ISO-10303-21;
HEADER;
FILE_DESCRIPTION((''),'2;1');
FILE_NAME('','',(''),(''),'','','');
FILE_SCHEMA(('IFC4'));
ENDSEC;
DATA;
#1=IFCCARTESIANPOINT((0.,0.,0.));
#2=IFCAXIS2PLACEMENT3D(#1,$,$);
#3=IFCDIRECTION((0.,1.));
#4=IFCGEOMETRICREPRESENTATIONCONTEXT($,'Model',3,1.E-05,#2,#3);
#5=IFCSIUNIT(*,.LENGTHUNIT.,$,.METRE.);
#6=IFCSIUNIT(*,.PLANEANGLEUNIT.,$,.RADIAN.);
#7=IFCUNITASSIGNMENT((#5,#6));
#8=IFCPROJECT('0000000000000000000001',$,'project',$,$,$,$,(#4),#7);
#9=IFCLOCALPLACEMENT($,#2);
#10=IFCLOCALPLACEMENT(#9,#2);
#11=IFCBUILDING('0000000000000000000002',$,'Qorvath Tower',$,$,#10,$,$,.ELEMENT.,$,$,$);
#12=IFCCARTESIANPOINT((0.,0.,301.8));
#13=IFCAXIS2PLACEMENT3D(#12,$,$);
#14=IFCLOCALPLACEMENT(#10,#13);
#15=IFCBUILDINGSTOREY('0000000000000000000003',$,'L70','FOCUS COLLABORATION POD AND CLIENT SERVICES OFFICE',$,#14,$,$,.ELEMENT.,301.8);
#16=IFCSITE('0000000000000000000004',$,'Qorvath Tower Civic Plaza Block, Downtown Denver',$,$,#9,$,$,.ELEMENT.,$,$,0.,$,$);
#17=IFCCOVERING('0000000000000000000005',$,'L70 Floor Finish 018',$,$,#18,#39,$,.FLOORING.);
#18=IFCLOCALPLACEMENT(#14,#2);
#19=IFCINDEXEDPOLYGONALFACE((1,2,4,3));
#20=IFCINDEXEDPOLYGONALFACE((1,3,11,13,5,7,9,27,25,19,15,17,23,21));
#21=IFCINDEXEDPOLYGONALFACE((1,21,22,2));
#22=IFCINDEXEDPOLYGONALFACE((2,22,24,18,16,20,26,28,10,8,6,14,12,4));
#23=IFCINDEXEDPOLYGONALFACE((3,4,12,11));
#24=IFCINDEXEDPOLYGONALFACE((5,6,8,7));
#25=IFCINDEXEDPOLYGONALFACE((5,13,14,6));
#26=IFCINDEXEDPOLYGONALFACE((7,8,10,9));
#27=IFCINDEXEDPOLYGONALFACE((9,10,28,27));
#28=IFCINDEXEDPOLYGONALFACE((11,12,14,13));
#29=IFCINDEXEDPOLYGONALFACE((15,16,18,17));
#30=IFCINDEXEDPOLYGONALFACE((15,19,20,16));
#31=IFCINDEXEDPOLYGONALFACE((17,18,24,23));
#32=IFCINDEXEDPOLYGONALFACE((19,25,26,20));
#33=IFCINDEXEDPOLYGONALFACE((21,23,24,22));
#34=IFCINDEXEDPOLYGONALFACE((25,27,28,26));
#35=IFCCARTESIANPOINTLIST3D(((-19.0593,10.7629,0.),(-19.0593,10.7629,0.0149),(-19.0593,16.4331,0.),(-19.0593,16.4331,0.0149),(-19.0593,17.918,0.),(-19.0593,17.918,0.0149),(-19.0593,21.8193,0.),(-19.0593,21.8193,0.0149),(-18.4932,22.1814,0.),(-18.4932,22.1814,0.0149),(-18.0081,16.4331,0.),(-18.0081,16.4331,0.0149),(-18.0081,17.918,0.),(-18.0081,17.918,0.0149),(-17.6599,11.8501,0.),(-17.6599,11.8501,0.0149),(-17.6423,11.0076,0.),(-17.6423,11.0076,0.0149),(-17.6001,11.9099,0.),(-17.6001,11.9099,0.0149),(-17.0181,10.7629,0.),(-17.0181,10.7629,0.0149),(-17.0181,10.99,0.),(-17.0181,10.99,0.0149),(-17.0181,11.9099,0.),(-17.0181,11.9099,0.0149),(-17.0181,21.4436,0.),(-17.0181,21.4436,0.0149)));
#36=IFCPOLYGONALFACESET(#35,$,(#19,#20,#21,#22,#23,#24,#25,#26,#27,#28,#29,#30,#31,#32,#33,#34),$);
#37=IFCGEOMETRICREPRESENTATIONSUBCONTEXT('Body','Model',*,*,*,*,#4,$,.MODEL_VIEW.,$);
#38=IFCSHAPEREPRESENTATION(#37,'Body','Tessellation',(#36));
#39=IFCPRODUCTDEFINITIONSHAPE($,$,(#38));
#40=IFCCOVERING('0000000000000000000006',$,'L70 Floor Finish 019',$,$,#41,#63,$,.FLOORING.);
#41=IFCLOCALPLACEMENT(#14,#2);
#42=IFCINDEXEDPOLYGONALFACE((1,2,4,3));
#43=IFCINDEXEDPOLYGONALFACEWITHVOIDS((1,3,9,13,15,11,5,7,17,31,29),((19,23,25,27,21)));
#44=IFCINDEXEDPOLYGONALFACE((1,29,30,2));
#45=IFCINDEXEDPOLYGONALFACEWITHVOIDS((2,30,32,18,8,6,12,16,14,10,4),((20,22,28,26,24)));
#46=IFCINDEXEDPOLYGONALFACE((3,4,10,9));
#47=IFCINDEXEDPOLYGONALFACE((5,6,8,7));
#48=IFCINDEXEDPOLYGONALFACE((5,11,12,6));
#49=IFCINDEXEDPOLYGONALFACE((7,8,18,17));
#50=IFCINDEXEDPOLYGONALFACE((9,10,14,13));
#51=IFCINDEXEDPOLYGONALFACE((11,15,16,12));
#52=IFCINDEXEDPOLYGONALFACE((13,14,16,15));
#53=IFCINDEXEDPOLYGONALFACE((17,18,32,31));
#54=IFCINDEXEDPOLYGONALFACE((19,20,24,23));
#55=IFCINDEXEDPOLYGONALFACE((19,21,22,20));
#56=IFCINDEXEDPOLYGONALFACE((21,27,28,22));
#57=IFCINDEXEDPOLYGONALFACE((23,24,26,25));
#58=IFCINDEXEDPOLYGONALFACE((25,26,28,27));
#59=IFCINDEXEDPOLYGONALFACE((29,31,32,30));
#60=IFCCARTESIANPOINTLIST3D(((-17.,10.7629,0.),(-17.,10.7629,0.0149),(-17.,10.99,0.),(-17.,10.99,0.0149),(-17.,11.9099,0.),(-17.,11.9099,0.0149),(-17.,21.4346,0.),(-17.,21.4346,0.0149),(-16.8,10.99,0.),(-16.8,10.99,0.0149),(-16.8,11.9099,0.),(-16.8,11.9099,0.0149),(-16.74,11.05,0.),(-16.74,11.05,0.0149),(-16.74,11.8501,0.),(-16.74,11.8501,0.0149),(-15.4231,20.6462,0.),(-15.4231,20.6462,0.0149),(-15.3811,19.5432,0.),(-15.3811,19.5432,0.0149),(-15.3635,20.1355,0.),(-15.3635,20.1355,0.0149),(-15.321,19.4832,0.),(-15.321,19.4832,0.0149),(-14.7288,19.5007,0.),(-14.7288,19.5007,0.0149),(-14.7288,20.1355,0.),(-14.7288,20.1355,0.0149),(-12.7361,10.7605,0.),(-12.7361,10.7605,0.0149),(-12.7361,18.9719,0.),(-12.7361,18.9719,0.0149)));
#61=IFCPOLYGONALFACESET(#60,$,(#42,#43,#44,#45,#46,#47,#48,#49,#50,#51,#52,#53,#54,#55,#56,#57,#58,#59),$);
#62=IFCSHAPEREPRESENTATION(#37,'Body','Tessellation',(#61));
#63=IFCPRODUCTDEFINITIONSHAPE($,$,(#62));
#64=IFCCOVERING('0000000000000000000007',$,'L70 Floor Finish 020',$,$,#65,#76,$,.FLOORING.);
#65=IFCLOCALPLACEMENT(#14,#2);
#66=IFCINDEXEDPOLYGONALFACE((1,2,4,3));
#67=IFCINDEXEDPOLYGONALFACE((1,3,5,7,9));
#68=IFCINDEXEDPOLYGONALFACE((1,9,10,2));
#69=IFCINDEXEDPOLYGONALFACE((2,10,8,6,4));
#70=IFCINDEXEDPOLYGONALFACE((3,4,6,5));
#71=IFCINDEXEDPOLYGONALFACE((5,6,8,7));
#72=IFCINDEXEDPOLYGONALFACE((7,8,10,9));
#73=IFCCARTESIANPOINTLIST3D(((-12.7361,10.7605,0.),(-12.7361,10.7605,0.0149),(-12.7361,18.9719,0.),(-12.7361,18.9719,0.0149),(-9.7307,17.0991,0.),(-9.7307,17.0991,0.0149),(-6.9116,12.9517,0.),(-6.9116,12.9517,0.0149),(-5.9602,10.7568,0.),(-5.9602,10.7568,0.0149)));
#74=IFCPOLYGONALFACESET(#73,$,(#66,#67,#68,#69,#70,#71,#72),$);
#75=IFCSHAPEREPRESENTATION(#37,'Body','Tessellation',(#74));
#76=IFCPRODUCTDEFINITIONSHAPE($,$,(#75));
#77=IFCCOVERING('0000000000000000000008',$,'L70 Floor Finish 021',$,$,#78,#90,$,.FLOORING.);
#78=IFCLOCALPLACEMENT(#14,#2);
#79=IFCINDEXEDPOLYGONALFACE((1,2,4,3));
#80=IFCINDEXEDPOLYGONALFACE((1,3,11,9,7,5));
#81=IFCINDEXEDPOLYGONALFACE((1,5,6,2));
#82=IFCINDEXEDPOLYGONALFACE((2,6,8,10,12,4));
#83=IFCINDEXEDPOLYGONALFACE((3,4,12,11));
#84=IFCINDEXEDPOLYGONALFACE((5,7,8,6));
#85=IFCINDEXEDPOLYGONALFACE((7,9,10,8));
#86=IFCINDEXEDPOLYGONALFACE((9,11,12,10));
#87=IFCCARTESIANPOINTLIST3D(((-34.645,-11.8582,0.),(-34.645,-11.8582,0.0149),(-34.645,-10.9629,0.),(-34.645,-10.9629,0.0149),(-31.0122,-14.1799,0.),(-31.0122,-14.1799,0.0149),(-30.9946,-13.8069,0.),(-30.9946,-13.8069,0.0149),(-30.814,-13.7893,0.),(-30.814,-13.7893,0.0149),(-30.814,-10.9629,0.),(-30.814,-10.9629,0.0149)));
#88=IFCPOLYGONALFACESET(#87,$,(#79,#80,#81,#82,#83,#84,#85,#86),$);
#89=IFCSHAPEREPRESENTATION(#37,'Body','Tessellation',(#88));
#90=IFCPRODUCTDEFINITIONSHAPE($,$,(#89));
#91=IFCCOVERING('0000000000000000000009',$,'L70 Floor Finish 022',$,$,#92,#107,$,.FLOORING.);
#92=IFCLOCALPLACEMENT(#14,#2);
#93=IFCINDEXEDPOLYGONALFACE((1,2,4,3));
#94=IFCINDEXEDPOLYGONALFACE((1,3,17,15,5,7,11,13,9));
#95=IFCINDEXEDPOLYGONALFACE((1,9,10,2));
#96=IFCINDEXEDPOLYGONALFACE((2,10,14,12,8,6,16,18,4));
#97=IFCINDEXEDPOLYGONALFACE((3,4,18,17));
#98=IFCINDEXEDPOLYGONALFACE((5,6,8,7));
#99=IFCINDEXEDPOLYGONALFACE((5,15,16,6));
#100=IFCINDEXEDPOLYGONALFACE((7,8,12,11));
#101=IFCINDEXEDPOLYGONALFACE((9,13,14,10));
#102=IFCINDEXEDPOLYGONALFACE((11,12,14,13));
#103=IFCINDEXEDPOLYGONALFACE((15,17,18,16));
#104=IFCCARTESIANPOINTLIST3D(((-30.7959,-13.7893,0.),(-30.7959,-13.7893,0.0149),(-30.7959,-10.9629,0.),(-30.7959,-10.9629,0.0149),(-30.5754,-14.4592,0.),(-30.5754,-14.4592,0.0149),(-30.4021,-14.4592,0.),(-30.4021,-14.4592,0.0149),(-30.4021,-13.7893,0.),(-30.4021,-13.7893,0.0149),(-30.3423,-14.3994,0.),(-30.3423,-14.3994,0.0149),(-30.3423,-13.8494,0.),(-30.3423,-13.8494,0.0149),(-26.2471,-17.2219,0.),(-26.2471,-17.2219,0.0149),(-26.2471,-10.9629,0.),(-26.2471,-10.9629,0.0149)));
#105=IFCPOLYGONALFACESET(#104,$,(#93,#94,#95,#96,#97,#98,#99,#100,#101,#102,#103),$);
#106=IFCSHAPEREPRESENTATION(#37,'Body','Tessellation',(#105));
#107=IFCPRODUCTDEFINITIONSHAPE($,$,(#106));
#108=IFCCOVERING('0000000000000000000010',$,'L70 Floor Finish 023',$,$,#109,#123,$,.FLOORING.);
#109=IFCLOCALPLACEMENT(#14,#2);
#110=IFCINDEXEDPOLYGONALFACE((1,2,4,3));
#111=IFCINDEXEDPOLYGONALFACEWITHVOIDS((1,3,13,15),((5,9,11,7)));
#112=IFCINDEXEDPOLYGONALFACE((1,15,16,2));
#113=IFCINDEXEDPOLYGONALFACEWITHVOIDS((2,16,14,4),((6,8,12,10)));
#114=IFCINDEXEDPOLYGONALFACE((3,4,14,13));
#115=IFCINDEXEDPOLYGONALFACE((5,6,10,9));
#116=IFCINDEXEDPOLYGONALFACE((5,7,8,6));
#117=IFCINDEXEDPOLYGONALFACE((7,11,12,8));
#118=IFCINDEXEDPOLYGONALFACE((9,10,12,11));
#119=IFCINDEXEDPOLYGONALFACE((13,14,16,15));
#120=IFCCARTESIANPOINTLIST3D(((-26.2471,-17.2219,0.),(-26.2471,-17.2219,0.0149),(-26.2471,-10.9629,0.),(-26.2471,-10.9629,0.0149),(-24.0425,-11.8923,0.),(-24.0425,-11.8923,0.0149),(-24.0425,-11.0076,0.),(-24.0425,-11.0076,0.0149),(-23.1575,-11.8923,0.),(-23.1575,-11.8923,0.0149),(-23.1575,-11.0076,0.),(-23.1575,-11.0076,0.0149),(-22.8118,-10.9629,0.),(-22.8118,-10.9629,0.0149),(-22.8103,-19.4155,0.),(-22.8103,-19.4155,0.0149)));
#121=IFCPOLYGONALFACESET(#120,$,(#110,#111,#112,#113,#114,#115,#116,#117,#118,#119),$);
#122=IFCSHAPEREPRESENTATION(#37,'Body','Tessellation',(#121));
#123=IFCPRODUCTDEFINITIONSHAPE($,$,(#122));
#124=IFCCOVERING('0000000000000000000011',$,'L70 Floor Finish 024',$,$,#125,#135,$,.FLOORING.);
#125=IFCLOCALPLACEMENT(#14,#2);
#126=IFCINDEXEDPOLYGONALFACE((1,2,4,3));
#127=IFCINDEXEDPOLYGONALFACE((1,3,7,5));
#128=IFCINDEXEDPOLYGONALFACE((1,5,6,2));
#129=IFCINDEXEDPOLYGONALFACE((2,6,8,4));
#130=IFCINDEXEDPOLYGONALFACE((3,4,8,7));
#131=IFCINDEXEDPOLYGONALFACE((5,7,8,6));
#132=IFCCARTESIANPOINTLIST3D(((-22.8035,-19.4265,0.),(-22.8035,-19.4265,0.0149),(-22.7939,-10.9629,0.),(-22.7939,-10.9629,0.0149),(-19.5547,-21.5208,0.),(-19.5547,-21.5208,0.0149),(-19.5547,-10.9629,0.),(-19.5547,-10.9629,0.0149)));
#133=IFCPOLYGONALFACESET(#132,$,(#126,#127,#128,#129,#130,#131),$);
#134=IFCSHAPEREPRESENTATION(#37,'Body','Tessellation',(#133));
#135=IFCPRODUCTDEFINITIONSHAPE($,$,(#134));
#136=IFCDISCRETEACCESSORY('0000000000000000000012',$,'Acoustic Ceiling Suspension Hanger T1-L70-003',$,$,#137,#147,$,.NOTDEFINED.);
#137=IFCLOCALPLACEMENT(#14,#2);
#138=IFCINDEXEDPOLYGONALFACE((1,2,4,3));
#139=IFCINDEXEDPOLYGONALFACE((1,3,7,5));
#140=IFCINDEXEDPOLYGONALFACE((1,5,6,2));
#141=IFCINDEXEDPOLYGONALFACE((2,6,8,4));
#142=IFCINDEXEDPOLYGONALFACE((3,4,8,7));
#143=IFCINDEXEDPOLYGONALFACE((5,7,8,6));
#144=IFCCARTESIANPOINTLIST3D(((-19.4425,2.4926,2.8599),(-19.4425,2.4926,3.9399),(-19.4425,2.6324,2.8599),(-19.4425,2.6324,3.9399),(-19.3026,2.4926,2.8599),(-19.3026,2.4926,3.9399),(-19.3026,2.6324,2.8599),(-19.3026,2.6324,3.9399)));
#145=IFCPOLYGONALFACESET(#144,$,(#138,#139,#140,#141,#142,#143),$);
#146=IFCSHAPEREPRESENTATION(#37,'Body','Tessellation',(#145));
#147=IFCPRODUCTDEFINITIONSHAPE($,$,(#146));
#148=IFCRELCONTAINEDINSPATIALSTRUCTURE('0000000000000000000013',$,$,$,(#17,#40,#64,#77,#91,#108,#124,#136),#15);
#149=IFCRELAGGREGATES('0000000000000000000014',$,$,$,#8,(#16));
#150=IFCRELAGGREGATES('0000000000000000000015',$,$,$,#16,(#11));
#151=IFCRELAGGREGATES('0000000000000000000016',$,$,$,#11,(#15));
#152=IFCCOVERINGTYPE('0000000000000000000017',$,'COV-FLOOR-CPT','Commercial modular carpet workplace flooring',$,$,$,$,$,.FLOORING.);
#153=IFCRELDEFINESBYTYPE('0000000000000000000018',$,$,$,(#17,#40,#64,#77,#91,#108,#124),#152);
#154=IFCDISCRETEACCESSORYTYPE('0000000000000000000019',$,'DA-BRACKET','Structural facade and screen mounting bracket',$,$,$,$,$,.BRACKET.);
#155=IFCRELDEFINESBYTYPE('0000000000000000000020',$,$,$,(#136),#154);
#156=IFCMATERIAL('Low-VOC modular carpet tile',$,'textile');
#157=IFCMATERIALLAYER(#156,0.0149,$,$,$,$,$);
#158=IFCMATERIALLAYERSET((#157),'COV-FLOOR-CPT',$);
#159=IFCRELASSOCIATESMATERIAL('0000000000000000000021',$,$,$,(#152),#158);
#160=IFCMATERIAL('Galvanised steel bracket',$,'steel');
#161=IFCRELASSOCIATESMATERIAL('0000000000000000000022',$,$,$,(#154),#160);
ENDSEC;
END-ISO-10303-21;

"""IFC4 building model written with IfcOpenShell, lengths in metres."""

from ifc_helpers import new_model, si_unit, direction, frame, origin, origin_2d, place, context, subcontext, project, spatial, polyline, rectangle, outline, extrude, material, layer, layer_set, type_object, element, save


model = new_model("IFC4")

# Units and contexts
model_context = context("Model", 3, precision=1e-05, world=origin(), true_north=direction((0.0, 1.0)))
body_context = subcontext(model_context, "Body", "Model", "MODEL_VIEW")
ifc_project = project(units=[si_unit("LENGTHUNIT", "METRE"), si_unit("PLANEANGLEUNIT", "RADIAN")], contexts=[model_context])

# Site, building, storey
site_placement = place(None, origin())
site = spatial("IfcSite", under=ifc_project, at=site_placement, Name="Qorvath Tower Civic Plaza Block, Downtown Denver", CompositionType="ELEMENT", RefElevation=0.0)
building_placement = place(site_placement, origin())
building = spatial("IfcBuilding", under=site, at=building_placement, Name="Qorvath Tower", CompositionType="ELEMENT")
storey_placement = place(building_placement, frame((0.0, 0.0, 301.8)))
storey = spatial("IfcBuildingStorey", under=building, at=storey_placement, Name="L70", Description="FOCUS COLLABORATION POD AND CLIENT SERVICES OFFICE", CompositionType="ELEMENT", Elevation=301.8)

# Coverings
ifc_material_1 = material(Name="Low-VOC modular carpet tile", Category="textile")
ifc_layer_1 = layer(ifc_material_1, 0.0149)
ifc_layer_set_1 = layer_set([ifc_layer_1], Name="COV-FLOOR-CPT")
covering_type_1 = type_object("IfcCoveringType", Name="COV-FLOOR-CPT", Description="Commercial modular carpet workplace flooring", PredefinedType="FLOORING", material=ifc_layer_set_1)
covering_1_placement = place(storey_placement, origin())
element("IfcCovering", 1, at=covering_1_placement, inside=storey, type_object=covering_type_1, Name="L70 Floor Finish 018", PredefinedType="FLOORING", context=body_context, shape_type="SweptSolid", body=[
    extrude(outline(polyline([(-17.6001, 11.9099), (-17.0181, 11.9099), (-17.0181, 21.4436), (-18.4932, 22.1814), (-19.0593, 21.8193), (-19.0593, 17.918), (-18.0081, 17.918), (-18.0081, 16.4331), (-19.0593, 16.4331), (-19.0593, 10.7629), (-17.0181, 10.7629), (-17.0181, 10.99), (-17.6423, 11.0076), (-17.6599, 11.8501), (-17.6001, 11.9099)])), origin(), (0.0, 0.0, 1.0), 0.0149),
])
covering_2_placement = place(storey_placement, origin())
element("IfcCovering", 2, at=covering_2_placement, inside=storey, type_object=covering_type_1, Name="L70 Floor Finish 019", PredefinedType="FLOORING", context=body_context, shape_type="SweptSolid", body=[
    extrude(outline(polyline([(-12.7361, 10.7605), (-12.7361, 18.9719), (-15.4231, 20.6462), (-17.0, 21.4346), (-17.0, 11.9099), (-16.8, 11.9099), (-16.74, 11.8501), (-16.74, 11.05), (-16.8, 10.99), (-17.0, 10.99), (-17.0, 10.7629), (-12.7361, 10.7605)]), holes=[polyline([(-15.3811, 19.5432), (-15.3635, 20.1355), (-14.7288, 20.1355), (-14.7288, 19.5007), (-15.321, 19.4832), (-15.3811, 19.5432)])]), origin(), (0.0, 0.0, 1.0), 0.0149),
])
covering_3_placement = place(storey_placement, origin())
element("IfcCovering", 3, at=covering_3_placement, inside=storey, type_object=covering_type_1, Name="L70 Floor Finish 020", PredefinedType="FLOORING", context=body_context, shape_type="SweptSolid", body=[
    extrude(outline(polyline([(-5.9602, 10.7568), (-6.9116, 12.9517), (-9.7307, 17.0991), (-12.7361, 18.9719), (-12.7361, 10.7605), (-5.9602, 10.7568)])), origin(), (0.0, 0.0, 1.0), 0.0149),
])
covering_4_placement = place(storey_placement, origin())
element("IfcCovering", 4, at=covering_4_placement, inside=storey, type_object=covering_type_1, Name="L70 Floor Finish 021", PredefinedType="FLOORING", context=body_context, shape_type="SweptSolid", body=[
    extrude(outline(polyline([(-34.645, -11.8582), (-31.0122, -14.1799), (-30.9946, -13.8069), (-30.814, -13.7893), (-30.814, -10.9629), (-34.645, -10.9629), (-34.645, -11.8582)])), origin(), (0.0, 0.0, 1.0), 0.0149),
])
covering_5_placement = place(storey_placement, origin())
element("IfcCovering", 5, at=covering_5_placement, inside=storey, type_object=covering_type_1, Name="L70 Floor Finish 022", PredefinedType="FLOORING", context=body_context, shape_type="SweptSolid", body=[
    extrude(outline(polyline([(-30.5754, -14.4592), (-26.2471, -17.2219), (-26.2471, -10.9629), (-30.7959, -10.9629), (-30.7959, -13.7893), (-30.4021, -13.7893), (-30.3423, -13.8494), (-30.3423, -14.3994), (-30.4021, -14.4592), (-30.5754, -14.4592)])), origin(), (0.0, 0.0, 1.0), 0.0149),
])
covering_6_placement = place(storey_placement, origin())
element("IfcCovering", 6, at=covering_6_placement, inside=storey, type_object=covering_type_1, Name="L70 Floor Finish 023", PredefinedType="FLOORING", context=body_context, shape_type="SweptSolid", body=[
    extrude(outline(polyline([(-26.2471, -10.9629), (-26.2471, -17.2219), (-22.8103, -19.4155), (-22.8118, -10.9629), (-26.2471, -10.9629)]), holes=[polyline([(-24.0425, -11.8923), (-24.0425, -11.0076), (-23.1575, -11.0076), (-23.1575, -11.8923), (-24.0425, -11.8923)])]), origin(), (0.0, 0.0, 1.0), 0.0149),
])
covering_7_placement = place(storey_placement, origin())
element("IfcCovering", 7, at=covering_7_placement, inside=storey, type_object=covering_type_1, Name="L70 Floor Finish 024", PredefinedType="FLOORING", context=body_context, shape_type="SweptSolid", body=[
    extrude(outline(polyline([(-22.8035, -19.4265), (-19.5547, -21.5208), (-19.5547, -10.9629), (-22.7939, -10.9629), (-22.8035, -19.4265)])), origin(), (0.0, 0.0, 1.0), 0.0149),
])

# Discrete accessory
ifc_material_2 = material(Name="Galvanised steel bracket", Category="steel")
discrete_accessory_type = type_object("IfcDiscreteAccessoryType", Name="DA-BRACKET", Description="Structural facade and screen mounting bracket", PredefinedType="BRACKET", material=ifc_material_2)
discrete_accessory_placement = place(storey_placement, frame((-19.3726, 2.5625, 2.8599), z_axis=(0.0, 0.0, 1.0), x_axis=(1.0, 0.0, 0.0)))
element("IfcDiscreteAccessory", 8, at=discrete_accessory_placement, inside=storey, type_object=discrete_accessory_type, Name="Acoustic Ceiling Suspension Hanger T1-L70-003", PredefinedType="NOTDEFINED", context=body_context, shape_type="SweptSolid", body=[
    extrude(rectangle(XDim=0.1399, YDim=0.1399, at=origin_2d()), origin(), (0.0, 0.0, 1.0), 1.0801),
])

save(model, "model.ifc")
